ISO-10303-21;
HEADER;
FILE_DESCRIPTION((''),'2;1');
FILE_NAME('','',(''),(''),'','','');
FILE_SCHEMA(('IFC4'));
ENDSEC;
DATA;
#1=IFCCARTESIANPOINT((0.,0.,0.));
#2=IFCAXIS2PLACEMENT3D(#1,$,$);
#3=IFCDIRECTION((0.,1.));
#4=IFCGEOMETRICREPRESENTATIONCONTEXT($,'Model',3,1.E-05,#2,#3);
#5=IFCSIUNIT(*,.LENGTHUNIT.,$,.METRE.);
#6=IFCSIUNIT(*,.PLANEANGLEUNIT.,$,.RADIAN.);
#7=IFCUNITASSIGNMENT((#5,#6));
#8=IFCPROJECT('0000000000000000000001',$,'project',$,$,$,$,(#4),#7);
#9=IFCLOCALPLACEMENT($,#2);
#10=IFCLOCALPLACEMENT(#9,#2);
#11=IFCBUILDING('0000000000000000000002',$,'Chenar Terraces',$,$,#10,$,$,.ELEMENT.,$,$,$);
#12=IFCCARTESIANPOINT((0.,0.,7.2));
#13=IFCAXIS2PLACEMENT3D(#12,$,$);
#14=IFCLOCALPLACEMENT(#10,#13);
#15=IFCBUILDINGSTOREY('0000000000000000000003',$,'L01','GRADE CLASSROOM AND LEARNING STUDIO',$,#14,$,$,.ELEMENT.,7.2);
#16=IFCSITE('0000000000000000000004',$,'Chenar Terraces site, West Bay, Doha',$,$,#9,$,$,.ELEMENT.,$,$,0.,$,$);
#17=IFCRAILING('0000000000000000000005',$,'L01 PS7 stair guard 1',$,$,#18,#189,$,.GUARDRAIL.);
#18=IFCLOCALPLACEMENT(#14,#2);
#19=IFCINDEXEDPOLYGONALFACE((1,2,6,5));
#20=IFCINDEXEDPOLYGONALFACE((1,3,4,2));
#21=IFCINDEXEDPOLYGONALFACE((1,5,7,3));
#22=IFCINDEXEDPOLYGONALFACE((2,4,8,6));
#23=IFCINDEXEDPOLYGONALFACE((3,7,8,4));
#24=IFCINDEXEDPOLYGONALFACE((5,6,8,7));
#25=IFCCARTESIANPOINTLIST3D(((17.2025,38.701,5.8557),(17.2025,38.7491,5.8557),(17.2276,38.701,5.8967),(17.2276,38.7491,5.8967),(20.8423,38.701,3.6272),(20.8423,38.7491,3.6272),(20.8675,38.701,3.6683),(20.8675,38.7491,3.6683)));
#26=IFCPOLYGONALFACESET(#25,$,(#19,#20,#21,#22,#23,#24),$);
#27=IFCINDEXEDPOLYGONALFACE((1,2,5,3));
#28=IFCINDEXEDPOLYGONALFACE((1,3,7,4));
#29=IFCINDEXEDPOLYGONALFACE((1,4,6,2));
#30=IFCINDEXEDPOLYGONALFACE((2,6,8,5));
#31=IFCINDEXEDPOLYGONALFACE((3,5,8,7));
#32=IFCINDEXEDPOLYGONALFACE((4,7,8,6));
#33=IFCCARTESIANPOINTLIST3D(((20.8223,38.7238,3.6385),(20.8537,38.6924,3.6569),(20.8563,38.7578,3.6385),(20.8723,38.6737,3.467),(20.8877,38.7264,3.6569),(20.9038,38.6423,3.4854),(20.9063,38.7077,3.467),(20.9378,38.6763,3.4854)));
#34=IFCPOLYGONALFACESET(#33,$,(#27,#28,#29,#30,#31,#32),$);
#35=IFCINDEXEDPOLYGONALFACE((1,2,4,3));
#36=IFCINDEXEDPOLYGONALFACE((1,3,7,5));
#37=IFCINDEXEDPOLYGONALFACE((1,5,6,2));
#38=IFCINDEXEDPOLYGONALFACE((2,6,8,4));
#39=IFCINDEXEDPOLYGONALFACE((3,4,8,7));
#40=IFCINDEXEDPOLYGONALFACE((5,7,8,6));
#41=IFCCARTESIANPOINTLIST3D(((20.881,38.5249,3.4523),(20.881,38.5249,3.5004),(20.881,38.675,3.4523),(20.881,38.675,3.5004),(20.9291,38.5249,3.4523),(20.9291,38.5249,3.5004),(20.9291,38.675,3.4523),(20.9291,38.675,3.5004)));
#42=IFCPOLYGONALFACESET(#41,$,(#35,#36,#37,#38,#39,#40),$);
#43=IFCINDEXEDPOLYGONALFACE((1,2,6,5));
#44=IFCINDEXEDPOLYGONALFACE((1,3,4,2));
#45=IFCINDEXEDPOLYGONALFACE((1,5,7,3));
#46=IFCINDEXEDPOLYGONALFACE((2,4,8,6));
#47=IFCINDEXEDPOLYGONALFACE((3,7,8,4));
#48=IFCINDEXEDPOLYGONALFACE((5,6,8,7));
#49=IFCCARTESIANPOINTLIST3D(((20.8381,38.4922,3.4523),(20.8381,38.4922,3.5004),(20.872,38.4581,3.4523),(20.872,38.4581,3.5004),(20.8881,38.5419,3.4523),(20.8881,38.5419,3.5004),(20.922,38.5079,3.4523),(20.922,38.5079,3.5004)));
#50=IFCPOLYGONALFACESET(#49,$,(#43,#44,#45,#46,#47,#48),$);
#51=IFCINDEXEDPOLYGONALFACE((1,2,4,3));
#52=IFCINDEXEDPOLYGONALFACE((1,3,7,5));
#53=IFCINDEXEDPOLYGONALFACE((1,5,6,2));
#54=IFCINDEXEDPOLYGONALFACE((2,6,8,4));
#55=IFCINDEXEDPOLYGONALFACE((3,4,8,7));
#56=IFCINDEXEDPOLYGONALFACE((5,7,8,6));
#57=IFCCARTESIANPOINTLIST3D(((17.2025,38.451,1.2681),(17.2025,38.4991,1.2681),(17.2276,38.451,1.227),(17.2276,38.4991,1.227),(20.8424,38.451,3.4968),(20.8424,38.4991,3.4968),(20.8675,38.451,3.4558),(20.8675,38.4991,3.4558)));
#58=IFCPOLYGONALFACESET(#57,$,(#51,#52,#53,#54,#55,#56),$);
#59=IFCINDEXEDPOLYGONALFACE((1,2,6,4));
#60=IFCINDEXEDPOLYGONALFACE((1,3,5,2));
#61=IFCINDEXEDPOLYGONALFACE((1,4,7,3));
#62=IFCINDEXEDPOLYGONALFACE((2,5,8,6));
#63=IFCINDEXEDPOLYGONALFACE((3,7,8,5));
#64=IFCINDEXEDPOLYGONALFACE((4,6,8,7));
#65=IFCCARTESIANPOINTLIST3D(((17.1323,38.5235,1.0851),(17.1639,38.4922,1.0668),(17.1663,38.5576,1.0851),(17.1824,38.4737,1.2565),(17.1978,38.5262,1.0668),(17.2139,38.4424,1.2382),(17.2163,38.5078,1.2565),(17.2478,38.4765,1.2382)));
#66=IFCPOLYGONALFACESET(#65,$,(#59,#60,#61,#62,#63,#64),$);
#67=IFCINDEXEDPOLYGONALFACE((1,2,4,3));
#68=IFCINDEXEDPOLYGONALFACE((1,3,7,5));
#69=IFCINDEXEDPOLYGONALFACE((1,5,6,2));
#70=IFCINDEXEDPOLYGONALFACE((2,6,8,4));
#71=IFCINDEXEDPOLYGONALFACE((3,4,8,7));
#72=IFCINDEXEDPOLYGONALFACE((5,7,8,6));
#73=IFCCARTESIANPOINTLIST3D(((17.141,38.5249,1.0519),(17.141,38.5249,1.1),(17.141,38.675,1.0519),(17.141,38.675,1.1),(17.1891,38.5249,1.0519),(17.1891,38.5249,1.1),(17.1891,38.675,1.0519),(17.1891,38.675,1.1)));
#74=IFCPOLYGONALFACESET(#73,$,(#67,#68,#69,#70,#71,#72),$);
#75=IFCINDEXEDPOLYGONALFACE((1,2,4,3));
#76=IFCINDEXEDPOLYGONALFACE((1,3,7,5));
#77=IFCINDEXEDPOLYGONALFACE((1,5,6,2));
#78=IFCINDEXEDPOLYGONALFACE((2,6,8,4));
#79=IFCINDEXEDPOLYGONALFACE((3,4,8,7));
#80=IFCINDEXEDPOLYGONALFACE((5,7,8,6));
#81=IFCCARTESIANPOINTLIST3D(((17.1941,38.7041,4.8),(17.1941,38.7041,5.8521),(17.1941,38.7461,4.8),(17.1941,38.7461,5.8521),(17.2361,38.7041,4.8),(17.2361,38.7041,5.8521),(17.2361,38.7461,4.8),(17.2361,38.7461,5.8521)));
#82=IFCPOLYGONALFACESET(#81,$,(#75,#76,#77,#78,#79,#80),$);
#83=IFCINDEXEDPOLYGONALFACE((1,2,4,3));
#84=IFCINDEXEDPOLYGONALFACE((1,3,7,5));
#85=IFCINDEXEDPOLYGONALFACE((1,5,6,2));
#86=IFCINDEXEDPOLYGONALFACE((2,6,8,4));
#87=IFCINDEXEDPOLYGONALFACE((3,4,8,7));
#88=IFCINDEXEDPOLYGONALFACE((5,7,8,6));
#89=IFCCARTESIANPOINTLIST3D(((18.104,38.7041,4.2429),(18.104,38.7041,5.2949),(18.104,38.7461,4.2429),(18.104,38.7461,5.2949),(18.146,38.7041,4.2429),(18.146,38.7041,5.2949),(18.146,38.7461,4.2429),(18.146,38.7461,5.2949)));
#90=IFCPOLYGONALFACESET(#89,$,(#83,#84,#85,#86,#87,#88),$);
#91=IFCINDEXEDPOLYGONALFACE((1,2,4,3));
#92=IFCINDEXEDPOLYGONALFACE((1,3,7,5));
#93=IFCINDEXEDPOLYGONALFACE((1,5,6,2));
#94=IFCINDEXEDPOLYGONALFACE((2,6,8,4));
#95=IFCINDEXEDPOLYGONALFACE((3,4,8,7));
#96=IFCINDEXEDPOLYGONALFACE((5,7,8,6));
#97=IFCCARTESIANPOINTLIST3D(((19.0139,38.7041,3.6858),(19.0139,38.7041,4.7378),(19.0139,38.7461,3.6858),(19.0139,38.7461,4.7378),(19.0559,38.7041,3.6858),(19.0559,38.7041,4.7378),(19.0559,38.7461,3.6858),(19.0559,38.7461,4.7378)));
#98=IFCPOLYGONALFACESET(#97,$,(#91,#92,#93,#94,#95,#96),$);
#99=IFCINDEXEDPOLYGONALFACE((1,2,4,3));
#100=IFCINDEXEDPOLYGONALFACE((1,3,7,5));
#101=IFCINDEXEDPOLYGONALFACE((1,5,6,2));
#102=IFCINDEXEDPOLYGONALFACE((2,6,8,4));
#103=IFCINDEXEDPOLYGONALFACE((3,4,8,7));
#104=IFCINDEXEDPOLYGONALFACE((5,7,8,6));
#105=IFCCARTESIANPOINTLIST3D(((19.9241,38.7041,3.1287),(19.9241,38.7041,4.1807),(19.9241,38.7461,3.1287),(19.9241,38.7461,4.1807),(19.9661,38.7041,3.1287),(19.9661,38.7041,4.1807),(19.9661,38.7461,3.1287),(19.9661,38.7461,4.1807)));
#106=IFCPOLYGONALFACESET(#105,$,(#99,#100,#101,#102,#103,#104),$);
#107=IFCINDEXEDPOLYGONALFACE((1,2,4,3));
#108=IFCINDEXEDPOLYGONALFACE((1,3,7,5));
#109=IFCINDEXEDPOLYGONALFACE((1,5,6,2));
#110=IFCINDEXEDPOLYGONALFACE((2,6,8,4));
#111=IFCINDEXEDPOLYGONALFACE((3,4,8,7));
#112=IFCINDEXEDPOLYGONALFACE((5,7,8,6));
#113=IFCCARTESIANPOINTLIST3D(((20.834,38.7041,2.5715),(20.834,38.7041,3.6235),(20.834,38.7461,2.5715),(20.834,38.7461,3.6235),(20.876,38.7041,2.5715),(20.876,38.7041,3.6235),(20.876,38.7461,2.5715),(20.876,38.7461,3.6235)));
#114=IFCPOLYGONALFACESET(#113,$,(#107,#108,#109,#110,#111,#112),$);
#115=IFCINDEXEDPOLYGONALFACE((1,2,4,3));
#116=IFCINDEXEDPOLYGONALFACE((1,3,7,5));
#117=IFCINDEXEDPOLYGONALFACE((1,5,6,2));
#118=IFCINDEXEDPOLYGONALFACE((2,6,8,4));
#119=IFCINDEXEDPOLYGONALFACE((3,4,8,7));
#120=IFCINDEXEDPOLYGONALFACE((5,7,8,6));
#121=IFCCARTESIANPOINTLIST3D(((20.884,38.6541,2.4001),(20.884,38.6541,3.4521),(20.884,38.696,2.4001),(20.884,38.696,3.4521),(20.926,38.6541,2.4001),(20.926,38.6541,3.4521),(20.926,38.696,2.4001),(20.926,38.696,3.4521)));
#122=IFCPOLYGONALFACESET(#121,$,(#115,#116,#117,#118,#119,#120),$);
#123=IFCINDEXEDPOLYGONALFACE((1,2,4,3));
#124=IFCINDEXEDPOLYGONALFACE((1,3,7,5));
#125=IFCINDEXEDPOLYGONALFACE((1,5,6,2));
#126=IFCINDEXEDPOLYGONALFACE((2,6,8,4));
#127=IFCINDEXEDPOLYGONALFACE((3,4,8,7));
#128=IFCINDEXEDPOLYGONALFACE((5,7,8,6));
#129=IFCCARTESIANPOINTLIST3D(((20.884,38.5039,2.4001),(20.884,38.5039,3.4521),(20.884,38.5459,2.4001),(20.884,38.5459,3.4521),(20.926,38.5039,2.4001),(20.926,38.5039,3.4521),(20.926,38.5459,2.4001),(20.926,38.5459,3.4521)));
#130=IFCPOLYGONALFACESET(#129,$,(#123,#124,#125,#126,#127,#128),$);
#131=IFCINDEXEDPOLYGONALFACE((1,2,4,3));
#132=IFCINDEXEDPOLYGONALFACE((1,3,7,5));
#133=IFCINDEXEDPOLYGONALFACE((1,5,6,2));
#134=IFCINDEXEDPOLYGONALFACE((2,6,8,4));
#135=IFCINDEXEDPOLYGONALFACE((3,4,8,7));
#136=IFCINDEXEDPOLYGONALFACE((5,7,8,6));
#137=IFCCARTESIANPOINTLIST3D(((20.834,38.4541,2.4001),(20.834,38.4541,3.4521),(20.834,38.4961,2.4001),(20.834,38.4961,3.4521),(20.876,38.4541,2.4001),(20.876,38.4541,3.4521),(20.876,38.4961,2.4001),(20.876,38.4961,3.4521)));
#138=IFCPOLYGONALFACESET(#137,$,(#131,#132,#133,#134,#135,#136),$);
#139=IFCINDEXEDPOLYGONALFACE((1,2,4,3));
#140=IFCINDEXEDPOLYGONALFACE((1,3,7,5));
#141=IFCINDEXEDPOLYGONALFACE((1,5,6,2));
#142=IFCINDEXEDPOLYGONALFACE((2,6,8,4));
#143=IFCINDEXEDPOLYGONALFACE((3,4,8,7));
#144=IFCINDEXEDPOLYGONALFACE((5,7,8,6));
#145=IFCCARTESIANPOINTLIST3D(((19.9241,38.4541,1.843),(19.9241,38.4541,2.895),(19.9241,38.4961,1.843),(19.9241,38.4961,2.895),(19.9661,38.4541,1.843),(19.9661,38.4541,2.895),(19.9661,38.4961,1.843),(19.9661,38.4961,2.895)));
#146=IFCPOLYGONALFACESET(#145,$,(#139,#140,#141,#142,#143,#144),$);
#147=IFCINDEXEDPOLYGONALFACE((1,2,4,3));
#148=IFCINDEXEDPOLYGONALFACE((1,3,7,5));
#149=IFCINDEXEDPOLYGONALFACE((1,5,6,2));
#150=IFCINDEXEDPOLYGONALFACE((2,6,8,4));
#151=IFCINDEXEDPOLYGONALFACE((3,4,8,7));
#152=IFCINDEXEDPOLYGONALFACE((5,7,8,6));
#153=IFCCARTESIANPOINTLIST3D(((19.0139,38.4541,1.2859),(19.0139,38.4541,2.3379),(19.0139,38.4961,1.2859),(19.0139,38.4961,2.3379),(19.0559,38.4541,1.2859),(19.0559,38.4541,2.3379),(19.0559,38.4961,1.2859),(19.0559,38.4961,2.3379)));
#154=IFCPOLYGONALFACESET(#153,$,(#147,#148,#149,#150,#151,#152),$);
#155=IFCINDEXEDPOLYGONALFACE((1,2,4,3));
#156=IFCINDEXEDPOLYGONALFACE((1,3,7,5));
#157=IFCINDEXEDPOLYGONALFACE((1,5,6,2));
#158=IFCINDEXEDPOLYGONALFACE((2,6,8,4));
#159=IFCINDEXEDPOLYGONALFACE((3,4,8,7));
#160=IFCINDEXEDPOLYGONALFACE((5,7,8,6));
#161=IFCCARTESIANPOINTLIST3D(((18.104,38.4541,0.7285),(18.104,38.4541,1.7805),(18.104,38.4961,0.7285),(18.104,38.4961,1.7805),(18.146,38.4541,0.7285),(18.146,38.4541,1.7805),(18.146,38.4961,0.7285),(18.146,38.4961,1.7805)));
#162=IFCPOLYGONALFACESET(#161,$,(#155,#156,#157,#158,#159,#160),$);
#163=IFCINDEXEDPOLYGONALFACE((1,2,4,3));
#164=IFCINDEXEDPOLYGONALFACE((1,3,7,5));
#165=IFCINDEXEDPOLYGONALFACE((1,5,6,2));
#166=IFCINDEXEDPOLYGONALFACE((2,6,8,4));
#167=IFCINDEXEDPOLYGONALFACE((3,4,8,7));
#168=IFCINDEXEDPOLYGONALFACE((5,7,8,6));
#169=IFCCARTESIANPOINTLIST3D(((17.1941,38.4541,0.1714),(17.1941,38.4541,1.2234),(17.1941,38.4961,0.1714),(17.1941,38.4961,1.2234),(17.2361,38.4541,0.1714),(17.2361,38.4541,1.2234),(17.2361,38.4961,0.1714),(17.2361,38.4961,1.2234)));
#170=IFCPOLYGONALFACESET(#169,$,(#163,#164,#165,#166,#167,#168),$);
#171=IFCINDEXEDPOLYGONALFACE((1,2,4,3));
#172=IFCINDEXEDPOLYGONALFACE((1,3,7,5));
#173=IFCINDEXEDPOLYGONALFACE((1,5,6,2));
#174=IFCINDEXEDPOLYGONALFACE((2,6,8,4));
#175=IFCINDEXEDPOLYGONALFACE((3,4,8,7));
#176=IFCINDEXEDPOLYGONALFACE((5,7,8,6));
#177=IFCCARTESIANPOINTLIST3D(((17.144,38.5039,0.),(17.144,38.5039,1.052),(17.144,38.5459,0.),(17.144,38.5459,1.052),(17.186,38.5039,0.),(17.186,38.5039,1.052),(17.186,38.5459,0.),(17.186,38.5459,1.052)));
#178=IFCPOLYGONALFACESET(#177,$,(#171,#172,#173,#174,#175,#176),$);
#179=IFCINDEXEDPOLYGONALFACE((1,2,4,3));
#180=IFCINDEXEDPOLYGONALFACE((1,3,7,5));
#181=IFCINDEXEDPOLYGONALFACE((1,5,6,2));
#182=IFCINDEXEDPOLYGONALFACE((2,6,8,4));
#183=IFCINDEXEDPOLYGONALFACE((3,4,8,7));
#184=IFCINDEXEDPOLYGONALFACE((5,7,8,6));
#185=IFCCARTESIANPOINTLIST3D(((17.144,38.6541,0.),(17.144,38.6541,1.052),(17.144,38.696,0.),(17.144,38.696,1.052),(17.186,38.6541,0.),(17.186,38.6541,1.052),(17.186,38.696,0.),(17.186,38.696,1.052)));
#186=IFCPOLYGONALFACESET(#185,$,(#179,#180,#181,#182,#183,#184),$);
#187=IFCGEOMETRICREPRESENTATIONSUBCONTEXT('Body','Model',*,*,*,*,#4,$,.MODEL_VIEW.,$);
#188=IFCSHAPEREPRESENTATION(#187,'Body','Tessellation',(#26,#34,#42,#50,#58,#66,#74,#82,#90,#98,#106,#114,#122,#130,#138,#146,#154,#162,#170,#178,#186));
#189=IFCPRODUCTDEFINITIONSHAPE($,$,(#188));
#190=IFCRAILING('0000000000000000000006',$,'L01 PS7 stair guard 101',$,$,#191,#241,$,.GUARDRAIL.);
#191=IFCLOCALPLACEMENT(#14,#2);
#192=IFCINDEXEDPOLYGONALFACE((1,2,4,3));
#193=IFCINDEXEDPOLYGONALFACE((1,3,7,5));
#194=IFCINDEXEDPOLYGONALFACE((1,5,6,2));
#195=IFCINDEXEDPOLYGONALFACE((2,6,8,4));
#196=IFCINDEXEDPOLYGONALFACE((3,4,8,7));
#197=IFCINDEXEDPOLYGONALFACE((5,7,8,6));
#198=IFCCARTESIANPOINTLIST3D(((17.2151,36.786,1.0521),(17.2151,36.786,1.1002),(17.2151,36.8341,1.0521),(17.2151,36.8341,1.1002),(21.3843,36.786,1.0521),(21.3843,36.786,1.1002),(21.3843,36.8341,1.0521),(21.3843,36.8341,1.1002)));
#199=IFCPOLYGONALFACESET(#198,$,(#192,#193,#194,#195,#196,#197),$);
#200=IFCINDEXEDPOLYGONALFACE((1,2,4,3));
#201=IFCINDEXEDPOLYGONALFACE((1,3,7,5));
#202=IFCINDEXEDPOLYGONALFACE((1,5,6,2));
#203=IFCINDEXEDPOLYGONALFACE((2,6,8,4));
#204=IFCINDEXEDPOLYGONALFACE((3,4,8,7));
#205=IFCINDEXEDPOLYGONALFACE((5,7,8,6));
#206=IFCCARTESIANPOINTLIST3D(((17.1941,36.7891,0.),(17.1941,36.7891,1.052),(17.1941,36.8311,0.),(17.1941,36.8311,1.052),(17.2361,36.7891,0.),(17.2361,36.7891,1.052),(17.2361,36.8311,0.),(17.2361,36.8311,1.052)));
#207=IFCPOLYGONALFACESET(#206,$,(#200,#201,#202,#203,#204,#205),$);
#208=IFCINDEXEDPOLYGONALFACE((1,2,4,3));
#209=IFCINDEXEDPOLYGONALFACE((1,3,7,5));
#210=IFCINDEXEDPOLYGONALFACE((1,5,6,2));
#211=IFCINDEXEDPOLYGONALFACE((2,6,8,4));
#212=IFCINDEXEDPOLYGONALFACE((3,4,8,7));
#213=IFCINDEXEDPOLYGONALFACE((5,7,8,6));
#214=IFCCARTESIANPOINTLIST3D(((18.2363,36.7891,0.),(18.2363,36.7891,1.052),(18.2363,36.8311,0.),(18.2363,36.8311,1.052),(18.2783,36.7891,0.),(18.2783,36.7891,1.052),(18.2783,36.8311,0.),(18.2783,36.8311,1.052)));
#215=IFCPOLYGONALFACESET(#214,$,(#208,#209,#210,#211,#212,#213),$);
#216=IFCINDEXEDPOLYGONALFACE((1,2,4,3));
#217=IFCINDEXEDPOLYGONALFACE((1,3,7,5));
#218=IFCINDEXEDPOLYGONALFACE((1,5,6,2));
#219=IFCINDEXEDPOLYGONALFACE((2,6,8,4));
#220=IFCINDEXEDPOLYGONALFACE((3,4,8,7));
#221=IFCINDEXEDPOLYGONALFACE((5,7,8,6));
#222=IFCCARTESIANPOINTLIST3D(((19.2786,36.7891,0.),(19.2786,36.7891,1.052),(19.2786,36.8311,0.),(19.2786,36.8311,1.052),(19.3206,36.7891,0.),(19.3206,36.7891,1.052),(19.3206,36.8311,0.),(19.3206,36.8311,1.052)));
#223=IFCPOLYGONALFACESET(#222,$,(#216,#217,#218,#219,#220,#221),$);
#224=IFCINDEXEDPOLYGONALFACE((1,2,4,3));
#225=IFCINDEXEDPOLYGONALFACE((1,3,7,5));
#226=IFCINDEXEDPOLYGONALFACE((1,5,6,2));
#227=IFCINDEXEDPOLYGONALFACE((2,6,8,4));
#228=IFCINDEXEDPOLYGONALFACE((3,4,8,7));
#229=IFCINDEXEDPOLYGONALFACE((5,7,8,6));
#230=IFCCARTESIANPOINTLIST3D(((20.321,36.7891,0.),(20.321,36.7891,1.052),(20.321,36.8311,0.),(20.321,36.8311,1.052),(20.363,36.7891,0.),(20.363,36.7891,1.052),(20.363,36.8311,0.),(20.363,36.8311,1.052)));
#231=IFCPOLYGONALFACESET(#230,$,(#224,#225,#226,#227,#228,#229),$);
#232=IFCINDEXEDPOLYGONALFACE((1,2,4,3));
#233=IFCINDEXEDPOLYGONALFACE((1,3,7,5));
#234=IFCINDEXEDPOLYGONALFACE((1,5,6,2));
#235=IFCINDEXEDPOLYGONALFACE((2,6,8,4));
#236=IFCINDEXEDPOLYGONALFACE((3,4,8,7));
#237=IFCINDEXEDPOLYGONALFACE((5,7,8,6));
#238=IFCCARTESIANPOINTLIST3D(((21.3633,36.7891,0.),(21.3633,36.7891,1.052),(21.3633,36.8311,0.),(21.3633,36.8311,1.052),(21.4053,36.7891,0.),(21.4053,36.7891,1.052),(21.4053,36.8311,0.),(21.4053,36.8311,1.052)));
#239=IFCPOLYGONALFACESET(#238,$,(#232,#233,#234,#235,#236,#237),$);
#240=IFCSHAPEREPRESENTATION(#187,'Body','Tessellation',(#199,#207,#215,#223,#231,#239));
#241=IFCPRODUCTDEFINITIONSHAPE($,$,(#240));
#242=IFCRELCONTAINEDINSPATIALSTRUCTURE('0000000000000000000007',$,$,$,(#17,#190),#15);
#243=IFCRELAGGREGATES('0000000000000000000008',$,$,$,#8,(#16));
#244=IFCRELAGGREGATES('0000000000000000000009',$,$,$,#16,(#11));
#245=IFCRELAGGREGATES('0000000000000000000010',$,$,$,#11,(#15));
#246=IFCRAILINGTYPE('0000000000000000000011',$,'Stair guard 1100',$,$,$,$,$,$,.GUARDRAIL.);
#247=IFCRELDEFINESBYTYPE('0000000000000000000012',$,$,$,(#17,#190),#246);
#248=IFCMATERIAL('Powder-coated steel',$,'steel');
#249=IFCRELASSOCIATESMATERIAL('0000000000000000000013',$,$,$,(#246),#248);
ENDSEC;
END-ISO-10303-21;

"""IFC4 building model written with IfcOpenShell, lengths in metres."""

from ifc_helpers import new_model, si_unit, direction, frame, origin, origin_2d, place, context, subcontext, project, spatial, rectangle, extrude, material, type_object, element, save


model = new_model("IFC4")

# Units and contexts
model_context = context("Model", 3, precision=1e-05, world=origin(), true_north=direction((0.0, 1.0)))
body_context = subcontext(model_context, "Body", "Model", "MODEL_VIEW")
ifc_project = project(units=[si_unit("LENGTHUNIT", "METRE"), si_unit("PLANEANGLEUNIT", "RADIAN")], contexts=[model_context])

# Site, building, storey
site_placement = place(None, origin())
site = spatial("IfcSite", under=ifc_project, at=site_placement, Name="Chenar Terraces site, West Bay, Doha", CompositionType="ELEMENT", RefElevation=0.0)
building_placement = place(site_placement, origin())
building = spatial("IfcBuilding", under=site, at=building_placement, Name="Chenar Terraces", CompositionType="ELEMENT")
storey_placement = place(building_placement, frame((0.0, 0.0, 7.2)))
storey = spatial("IfcBuildingStorey", under=building, at=storey_placement, Name="L01", Description="GRADE CLASSROOM AND LEARNING STUDIO", CompositionType="ELEMENT", Elevation=7.2)

# Railings
ifc_material_1 = material(Name="Powder-coated steel", Category="steel")
railing_type_1 = type_object("IfcRailingType", Name="Stair guard 1100", PredefinedType="GUARDRAIL", material=ifc_material_1)
railing_1_placement = place(storey_placement, frame((17.2151, 38.7251, 4.8)))
element("IfcRailing", 1, at=railing_1_placement, inside=storey, type_object=railing_type_1, Name="L01 PS7 stair guard 1", PredefinedType="GUARDRAIL", context=body_context, shape_type="SweptSolid", body=[
    extrude(rectangle(XDim=0.0481, YDim=0.0481, at=origin_2d()), frame((0.0, 0.0, 1.0762), z_axis=(0.85285, 0.0, -0.522156), x_axis=(0.0, 1.0, 0.0)), (0.0, 0.0, 1.0), 4.2678),
    extrude(rectangle(XDim=0.0481, YDim=0.0481, at=origin_2d()), frame((3.6399, 0.0, -1.1523), z_axis=(0.269911, -0.269911, -0.924281), x_axis=(0.707107, 0.707107, 0.0)), (0.0, 0.0, 1.0), 0.1855),
    extrude(rectangle(XDim=0.0481, YDim=0.0481, at=origin_2d()), frame((3.6899, -0.05, -1.3237), z_axis=(0.0, -1.0, 0.0), x_axis=(1.0, 0.0, 0.0)), (0.0, 0.0, 1.0), 0.1501),
    extrude(rectangle(XDim=0.0481, YDim=0.0481, at=origin_2d()), frame((3.6899, -0.2002, -1.3237), z_axis=(-0.708834, -0.705376, 0.0), x_axis=(0.705376, -0.708834, 0.0)), (0.0, 0.0, 1.0), 0.0706),
    extrude(rectangle(XDim=0.0481, YDim=0.0481, at=origin_2d()), frame((3.6399, -0.25, -1.3237), z_axis=(-0.852825, 0.0, -0.522197), x_axis=(0.0, -1.0, 0.0)), (0.0, 0.0, 1.0), 4.2681),
    extrude(rectangle(XDim=0.0481, YDim=0.0481, at=origin_2d()), frame((0.0, -0.25, -3.5527), z_axis=(-0.270007, 0.26869, -0.924609), x_axis=(-0.705376, -0.708834, 0.0)), (0.0, 0.0, 1.0), 0.1853),
    extrude(rectangle(XDim=0.0481, YDim=0.0481, at=origin_2d()), frame((-0.05, -0.2002, -3.7241), z_axis=(0.0, 1.0, 0.0), x_axis=(-1.0, 0.0, 0.0)), (0.0, 0.0, 1.0), 0.1501),
    extrude(rectangle(XDim=0.042, YDim=0.042, at=origin_2d()), origin(), (0.0, 0.0, 1.0), 1.052),
    extrude(rectangle(XDim=0.042, YDim=0.042, at=origin_2d()), frame((0.9099, 0.0, -0.5571)), (0.0, 0.0, 1.0), 1.052),
    extrude(rectangle(XDim=0.042, YDim=0.042, at=origin_2d()), frame((1.8198, 0.0, -1.1143)), (0.0, 0.0, 1.0), 1.052),
    extrude(rectangle(XDim=0.042, YDim=0.042, at=origin_2d()), frame((2.73, 0.0, -1.6714)), (0.0, 0.0, 1.0), 1.052),
    extrude(rectangle(XDim=0.042, YDim=0.042, at=origin_2d()), frame((3.6399, 0.0, -2.2285)), (0.0, 0.0, 1.0), 1.052),
    extrude(rectangle(XDim=0.042, YDim=0.042, at=origin_2d()), frame((3.6899, -0.05, -2.3999)), (0.0, 0.0, 1.0), 1.052),
    extrude(rectangle(XDim=0.042, YDim=0.042, at=origin_2d()), frame((3.6899, -0.2002, -2.3999)), (0.0, 0.0, 1.0), 1.052),
    extrude(rectangle(XDim=0.042, YDim=0.042, at=origin_2d()), frame((3.6399, -0.25, -2.3999)), (0.0, 0.0, 1.0), 1.052),
    extrude(rectangle(XDim=0.042, YDim=0.042, at=origin_2d()), frame((2.73, -0.25, -2.957)), (0.0, 0.0, 1.0), 1.052),
    extrude(rectangle(XDim=0.042, YDim=0.042, at=origin_2d()), frame((1.8198, -0.25, -3.5142)), (0.0, 0.0, 1.0), 1.052),
    extrude(rectangle(XDim=0.042, YDim=0.042, at=origin_2d()), frame((0.9099, -0.25, -4.0715)), (0.0, 0.0, 1.0), 1.052),
    extrude(rectangle(XDim=0.042, YDim=0.042, at=origin_2d()), frame((0.0, -0.25, -4.6287)), (0.0, 0.0, 1.0), 1.052),
    extrude(rectangle(XDim=0.042, YDim=0.042, at=origin_2d()), frame((-0.05, -0.2002, -4.8)), (0.0, 0.0, 1.0), 1.052),
    extrude(rectangle(XDim=0.042, YDim=0.042, at=origin_2d()), frame((-0.05, -0.05, -4.8)), (0.0, 0.0, 1.0), 1.052),
])
railing_2_placement = place(storey_placement, frame((17.2151, 36.8101, 0.0)))
element("IfcRailing", 2, at=railing_2_placement, inside=storey, type_object=railing_type_1, Name="L01 PS7 stair guard 101", PredefinedType="GUARDRAIL", context=body_context, shape_type="SweptSolid", body=[
    extrude(rectangle(XDim=0.0481, YDim=0.0481, at=origin_2d()), frame((0.0, 0.0, 1.0762), z_axis=(1.0, 0.0, 0.0), x_axis=(0.0, 1.0, 0.0)), (0.0, 0.0, 1.0), 4.1692),
    extrude(rectangle(XDim=0.042, YDim=0.042, at=origin_2d()), origin(), (0.0, 0.0, 1.0), 1.052),
    extrude(rectangle(XDim=0.042, YDim=0.042, at=origin_2d()), frame((1.0422, 0.0, 0.0)), (0.0, 0.0, 1.0), 1.052),
    extrude(rectangle(XDim=0.042, YDim=0.042, at=origin_2d()), frame((2.0845, 0.0, 0.0)), (0.0, 0.0, 1.0), 1.052),
    extrude(rectangle(XDim=0.042, YDim=0.042, at=origin_2d()), frame((3.127, 0.0, 0.0)), (0.0, 0.0, 1.0), 1.052),
    extrude(rectangle(XDim=0.042, YDim=0.042, at=origin_2d()), frame((4.1692, 0.0, 0.0)), (0.0, 0.0, 1.0), 1.052),
])

save(model, "model.ifc")
